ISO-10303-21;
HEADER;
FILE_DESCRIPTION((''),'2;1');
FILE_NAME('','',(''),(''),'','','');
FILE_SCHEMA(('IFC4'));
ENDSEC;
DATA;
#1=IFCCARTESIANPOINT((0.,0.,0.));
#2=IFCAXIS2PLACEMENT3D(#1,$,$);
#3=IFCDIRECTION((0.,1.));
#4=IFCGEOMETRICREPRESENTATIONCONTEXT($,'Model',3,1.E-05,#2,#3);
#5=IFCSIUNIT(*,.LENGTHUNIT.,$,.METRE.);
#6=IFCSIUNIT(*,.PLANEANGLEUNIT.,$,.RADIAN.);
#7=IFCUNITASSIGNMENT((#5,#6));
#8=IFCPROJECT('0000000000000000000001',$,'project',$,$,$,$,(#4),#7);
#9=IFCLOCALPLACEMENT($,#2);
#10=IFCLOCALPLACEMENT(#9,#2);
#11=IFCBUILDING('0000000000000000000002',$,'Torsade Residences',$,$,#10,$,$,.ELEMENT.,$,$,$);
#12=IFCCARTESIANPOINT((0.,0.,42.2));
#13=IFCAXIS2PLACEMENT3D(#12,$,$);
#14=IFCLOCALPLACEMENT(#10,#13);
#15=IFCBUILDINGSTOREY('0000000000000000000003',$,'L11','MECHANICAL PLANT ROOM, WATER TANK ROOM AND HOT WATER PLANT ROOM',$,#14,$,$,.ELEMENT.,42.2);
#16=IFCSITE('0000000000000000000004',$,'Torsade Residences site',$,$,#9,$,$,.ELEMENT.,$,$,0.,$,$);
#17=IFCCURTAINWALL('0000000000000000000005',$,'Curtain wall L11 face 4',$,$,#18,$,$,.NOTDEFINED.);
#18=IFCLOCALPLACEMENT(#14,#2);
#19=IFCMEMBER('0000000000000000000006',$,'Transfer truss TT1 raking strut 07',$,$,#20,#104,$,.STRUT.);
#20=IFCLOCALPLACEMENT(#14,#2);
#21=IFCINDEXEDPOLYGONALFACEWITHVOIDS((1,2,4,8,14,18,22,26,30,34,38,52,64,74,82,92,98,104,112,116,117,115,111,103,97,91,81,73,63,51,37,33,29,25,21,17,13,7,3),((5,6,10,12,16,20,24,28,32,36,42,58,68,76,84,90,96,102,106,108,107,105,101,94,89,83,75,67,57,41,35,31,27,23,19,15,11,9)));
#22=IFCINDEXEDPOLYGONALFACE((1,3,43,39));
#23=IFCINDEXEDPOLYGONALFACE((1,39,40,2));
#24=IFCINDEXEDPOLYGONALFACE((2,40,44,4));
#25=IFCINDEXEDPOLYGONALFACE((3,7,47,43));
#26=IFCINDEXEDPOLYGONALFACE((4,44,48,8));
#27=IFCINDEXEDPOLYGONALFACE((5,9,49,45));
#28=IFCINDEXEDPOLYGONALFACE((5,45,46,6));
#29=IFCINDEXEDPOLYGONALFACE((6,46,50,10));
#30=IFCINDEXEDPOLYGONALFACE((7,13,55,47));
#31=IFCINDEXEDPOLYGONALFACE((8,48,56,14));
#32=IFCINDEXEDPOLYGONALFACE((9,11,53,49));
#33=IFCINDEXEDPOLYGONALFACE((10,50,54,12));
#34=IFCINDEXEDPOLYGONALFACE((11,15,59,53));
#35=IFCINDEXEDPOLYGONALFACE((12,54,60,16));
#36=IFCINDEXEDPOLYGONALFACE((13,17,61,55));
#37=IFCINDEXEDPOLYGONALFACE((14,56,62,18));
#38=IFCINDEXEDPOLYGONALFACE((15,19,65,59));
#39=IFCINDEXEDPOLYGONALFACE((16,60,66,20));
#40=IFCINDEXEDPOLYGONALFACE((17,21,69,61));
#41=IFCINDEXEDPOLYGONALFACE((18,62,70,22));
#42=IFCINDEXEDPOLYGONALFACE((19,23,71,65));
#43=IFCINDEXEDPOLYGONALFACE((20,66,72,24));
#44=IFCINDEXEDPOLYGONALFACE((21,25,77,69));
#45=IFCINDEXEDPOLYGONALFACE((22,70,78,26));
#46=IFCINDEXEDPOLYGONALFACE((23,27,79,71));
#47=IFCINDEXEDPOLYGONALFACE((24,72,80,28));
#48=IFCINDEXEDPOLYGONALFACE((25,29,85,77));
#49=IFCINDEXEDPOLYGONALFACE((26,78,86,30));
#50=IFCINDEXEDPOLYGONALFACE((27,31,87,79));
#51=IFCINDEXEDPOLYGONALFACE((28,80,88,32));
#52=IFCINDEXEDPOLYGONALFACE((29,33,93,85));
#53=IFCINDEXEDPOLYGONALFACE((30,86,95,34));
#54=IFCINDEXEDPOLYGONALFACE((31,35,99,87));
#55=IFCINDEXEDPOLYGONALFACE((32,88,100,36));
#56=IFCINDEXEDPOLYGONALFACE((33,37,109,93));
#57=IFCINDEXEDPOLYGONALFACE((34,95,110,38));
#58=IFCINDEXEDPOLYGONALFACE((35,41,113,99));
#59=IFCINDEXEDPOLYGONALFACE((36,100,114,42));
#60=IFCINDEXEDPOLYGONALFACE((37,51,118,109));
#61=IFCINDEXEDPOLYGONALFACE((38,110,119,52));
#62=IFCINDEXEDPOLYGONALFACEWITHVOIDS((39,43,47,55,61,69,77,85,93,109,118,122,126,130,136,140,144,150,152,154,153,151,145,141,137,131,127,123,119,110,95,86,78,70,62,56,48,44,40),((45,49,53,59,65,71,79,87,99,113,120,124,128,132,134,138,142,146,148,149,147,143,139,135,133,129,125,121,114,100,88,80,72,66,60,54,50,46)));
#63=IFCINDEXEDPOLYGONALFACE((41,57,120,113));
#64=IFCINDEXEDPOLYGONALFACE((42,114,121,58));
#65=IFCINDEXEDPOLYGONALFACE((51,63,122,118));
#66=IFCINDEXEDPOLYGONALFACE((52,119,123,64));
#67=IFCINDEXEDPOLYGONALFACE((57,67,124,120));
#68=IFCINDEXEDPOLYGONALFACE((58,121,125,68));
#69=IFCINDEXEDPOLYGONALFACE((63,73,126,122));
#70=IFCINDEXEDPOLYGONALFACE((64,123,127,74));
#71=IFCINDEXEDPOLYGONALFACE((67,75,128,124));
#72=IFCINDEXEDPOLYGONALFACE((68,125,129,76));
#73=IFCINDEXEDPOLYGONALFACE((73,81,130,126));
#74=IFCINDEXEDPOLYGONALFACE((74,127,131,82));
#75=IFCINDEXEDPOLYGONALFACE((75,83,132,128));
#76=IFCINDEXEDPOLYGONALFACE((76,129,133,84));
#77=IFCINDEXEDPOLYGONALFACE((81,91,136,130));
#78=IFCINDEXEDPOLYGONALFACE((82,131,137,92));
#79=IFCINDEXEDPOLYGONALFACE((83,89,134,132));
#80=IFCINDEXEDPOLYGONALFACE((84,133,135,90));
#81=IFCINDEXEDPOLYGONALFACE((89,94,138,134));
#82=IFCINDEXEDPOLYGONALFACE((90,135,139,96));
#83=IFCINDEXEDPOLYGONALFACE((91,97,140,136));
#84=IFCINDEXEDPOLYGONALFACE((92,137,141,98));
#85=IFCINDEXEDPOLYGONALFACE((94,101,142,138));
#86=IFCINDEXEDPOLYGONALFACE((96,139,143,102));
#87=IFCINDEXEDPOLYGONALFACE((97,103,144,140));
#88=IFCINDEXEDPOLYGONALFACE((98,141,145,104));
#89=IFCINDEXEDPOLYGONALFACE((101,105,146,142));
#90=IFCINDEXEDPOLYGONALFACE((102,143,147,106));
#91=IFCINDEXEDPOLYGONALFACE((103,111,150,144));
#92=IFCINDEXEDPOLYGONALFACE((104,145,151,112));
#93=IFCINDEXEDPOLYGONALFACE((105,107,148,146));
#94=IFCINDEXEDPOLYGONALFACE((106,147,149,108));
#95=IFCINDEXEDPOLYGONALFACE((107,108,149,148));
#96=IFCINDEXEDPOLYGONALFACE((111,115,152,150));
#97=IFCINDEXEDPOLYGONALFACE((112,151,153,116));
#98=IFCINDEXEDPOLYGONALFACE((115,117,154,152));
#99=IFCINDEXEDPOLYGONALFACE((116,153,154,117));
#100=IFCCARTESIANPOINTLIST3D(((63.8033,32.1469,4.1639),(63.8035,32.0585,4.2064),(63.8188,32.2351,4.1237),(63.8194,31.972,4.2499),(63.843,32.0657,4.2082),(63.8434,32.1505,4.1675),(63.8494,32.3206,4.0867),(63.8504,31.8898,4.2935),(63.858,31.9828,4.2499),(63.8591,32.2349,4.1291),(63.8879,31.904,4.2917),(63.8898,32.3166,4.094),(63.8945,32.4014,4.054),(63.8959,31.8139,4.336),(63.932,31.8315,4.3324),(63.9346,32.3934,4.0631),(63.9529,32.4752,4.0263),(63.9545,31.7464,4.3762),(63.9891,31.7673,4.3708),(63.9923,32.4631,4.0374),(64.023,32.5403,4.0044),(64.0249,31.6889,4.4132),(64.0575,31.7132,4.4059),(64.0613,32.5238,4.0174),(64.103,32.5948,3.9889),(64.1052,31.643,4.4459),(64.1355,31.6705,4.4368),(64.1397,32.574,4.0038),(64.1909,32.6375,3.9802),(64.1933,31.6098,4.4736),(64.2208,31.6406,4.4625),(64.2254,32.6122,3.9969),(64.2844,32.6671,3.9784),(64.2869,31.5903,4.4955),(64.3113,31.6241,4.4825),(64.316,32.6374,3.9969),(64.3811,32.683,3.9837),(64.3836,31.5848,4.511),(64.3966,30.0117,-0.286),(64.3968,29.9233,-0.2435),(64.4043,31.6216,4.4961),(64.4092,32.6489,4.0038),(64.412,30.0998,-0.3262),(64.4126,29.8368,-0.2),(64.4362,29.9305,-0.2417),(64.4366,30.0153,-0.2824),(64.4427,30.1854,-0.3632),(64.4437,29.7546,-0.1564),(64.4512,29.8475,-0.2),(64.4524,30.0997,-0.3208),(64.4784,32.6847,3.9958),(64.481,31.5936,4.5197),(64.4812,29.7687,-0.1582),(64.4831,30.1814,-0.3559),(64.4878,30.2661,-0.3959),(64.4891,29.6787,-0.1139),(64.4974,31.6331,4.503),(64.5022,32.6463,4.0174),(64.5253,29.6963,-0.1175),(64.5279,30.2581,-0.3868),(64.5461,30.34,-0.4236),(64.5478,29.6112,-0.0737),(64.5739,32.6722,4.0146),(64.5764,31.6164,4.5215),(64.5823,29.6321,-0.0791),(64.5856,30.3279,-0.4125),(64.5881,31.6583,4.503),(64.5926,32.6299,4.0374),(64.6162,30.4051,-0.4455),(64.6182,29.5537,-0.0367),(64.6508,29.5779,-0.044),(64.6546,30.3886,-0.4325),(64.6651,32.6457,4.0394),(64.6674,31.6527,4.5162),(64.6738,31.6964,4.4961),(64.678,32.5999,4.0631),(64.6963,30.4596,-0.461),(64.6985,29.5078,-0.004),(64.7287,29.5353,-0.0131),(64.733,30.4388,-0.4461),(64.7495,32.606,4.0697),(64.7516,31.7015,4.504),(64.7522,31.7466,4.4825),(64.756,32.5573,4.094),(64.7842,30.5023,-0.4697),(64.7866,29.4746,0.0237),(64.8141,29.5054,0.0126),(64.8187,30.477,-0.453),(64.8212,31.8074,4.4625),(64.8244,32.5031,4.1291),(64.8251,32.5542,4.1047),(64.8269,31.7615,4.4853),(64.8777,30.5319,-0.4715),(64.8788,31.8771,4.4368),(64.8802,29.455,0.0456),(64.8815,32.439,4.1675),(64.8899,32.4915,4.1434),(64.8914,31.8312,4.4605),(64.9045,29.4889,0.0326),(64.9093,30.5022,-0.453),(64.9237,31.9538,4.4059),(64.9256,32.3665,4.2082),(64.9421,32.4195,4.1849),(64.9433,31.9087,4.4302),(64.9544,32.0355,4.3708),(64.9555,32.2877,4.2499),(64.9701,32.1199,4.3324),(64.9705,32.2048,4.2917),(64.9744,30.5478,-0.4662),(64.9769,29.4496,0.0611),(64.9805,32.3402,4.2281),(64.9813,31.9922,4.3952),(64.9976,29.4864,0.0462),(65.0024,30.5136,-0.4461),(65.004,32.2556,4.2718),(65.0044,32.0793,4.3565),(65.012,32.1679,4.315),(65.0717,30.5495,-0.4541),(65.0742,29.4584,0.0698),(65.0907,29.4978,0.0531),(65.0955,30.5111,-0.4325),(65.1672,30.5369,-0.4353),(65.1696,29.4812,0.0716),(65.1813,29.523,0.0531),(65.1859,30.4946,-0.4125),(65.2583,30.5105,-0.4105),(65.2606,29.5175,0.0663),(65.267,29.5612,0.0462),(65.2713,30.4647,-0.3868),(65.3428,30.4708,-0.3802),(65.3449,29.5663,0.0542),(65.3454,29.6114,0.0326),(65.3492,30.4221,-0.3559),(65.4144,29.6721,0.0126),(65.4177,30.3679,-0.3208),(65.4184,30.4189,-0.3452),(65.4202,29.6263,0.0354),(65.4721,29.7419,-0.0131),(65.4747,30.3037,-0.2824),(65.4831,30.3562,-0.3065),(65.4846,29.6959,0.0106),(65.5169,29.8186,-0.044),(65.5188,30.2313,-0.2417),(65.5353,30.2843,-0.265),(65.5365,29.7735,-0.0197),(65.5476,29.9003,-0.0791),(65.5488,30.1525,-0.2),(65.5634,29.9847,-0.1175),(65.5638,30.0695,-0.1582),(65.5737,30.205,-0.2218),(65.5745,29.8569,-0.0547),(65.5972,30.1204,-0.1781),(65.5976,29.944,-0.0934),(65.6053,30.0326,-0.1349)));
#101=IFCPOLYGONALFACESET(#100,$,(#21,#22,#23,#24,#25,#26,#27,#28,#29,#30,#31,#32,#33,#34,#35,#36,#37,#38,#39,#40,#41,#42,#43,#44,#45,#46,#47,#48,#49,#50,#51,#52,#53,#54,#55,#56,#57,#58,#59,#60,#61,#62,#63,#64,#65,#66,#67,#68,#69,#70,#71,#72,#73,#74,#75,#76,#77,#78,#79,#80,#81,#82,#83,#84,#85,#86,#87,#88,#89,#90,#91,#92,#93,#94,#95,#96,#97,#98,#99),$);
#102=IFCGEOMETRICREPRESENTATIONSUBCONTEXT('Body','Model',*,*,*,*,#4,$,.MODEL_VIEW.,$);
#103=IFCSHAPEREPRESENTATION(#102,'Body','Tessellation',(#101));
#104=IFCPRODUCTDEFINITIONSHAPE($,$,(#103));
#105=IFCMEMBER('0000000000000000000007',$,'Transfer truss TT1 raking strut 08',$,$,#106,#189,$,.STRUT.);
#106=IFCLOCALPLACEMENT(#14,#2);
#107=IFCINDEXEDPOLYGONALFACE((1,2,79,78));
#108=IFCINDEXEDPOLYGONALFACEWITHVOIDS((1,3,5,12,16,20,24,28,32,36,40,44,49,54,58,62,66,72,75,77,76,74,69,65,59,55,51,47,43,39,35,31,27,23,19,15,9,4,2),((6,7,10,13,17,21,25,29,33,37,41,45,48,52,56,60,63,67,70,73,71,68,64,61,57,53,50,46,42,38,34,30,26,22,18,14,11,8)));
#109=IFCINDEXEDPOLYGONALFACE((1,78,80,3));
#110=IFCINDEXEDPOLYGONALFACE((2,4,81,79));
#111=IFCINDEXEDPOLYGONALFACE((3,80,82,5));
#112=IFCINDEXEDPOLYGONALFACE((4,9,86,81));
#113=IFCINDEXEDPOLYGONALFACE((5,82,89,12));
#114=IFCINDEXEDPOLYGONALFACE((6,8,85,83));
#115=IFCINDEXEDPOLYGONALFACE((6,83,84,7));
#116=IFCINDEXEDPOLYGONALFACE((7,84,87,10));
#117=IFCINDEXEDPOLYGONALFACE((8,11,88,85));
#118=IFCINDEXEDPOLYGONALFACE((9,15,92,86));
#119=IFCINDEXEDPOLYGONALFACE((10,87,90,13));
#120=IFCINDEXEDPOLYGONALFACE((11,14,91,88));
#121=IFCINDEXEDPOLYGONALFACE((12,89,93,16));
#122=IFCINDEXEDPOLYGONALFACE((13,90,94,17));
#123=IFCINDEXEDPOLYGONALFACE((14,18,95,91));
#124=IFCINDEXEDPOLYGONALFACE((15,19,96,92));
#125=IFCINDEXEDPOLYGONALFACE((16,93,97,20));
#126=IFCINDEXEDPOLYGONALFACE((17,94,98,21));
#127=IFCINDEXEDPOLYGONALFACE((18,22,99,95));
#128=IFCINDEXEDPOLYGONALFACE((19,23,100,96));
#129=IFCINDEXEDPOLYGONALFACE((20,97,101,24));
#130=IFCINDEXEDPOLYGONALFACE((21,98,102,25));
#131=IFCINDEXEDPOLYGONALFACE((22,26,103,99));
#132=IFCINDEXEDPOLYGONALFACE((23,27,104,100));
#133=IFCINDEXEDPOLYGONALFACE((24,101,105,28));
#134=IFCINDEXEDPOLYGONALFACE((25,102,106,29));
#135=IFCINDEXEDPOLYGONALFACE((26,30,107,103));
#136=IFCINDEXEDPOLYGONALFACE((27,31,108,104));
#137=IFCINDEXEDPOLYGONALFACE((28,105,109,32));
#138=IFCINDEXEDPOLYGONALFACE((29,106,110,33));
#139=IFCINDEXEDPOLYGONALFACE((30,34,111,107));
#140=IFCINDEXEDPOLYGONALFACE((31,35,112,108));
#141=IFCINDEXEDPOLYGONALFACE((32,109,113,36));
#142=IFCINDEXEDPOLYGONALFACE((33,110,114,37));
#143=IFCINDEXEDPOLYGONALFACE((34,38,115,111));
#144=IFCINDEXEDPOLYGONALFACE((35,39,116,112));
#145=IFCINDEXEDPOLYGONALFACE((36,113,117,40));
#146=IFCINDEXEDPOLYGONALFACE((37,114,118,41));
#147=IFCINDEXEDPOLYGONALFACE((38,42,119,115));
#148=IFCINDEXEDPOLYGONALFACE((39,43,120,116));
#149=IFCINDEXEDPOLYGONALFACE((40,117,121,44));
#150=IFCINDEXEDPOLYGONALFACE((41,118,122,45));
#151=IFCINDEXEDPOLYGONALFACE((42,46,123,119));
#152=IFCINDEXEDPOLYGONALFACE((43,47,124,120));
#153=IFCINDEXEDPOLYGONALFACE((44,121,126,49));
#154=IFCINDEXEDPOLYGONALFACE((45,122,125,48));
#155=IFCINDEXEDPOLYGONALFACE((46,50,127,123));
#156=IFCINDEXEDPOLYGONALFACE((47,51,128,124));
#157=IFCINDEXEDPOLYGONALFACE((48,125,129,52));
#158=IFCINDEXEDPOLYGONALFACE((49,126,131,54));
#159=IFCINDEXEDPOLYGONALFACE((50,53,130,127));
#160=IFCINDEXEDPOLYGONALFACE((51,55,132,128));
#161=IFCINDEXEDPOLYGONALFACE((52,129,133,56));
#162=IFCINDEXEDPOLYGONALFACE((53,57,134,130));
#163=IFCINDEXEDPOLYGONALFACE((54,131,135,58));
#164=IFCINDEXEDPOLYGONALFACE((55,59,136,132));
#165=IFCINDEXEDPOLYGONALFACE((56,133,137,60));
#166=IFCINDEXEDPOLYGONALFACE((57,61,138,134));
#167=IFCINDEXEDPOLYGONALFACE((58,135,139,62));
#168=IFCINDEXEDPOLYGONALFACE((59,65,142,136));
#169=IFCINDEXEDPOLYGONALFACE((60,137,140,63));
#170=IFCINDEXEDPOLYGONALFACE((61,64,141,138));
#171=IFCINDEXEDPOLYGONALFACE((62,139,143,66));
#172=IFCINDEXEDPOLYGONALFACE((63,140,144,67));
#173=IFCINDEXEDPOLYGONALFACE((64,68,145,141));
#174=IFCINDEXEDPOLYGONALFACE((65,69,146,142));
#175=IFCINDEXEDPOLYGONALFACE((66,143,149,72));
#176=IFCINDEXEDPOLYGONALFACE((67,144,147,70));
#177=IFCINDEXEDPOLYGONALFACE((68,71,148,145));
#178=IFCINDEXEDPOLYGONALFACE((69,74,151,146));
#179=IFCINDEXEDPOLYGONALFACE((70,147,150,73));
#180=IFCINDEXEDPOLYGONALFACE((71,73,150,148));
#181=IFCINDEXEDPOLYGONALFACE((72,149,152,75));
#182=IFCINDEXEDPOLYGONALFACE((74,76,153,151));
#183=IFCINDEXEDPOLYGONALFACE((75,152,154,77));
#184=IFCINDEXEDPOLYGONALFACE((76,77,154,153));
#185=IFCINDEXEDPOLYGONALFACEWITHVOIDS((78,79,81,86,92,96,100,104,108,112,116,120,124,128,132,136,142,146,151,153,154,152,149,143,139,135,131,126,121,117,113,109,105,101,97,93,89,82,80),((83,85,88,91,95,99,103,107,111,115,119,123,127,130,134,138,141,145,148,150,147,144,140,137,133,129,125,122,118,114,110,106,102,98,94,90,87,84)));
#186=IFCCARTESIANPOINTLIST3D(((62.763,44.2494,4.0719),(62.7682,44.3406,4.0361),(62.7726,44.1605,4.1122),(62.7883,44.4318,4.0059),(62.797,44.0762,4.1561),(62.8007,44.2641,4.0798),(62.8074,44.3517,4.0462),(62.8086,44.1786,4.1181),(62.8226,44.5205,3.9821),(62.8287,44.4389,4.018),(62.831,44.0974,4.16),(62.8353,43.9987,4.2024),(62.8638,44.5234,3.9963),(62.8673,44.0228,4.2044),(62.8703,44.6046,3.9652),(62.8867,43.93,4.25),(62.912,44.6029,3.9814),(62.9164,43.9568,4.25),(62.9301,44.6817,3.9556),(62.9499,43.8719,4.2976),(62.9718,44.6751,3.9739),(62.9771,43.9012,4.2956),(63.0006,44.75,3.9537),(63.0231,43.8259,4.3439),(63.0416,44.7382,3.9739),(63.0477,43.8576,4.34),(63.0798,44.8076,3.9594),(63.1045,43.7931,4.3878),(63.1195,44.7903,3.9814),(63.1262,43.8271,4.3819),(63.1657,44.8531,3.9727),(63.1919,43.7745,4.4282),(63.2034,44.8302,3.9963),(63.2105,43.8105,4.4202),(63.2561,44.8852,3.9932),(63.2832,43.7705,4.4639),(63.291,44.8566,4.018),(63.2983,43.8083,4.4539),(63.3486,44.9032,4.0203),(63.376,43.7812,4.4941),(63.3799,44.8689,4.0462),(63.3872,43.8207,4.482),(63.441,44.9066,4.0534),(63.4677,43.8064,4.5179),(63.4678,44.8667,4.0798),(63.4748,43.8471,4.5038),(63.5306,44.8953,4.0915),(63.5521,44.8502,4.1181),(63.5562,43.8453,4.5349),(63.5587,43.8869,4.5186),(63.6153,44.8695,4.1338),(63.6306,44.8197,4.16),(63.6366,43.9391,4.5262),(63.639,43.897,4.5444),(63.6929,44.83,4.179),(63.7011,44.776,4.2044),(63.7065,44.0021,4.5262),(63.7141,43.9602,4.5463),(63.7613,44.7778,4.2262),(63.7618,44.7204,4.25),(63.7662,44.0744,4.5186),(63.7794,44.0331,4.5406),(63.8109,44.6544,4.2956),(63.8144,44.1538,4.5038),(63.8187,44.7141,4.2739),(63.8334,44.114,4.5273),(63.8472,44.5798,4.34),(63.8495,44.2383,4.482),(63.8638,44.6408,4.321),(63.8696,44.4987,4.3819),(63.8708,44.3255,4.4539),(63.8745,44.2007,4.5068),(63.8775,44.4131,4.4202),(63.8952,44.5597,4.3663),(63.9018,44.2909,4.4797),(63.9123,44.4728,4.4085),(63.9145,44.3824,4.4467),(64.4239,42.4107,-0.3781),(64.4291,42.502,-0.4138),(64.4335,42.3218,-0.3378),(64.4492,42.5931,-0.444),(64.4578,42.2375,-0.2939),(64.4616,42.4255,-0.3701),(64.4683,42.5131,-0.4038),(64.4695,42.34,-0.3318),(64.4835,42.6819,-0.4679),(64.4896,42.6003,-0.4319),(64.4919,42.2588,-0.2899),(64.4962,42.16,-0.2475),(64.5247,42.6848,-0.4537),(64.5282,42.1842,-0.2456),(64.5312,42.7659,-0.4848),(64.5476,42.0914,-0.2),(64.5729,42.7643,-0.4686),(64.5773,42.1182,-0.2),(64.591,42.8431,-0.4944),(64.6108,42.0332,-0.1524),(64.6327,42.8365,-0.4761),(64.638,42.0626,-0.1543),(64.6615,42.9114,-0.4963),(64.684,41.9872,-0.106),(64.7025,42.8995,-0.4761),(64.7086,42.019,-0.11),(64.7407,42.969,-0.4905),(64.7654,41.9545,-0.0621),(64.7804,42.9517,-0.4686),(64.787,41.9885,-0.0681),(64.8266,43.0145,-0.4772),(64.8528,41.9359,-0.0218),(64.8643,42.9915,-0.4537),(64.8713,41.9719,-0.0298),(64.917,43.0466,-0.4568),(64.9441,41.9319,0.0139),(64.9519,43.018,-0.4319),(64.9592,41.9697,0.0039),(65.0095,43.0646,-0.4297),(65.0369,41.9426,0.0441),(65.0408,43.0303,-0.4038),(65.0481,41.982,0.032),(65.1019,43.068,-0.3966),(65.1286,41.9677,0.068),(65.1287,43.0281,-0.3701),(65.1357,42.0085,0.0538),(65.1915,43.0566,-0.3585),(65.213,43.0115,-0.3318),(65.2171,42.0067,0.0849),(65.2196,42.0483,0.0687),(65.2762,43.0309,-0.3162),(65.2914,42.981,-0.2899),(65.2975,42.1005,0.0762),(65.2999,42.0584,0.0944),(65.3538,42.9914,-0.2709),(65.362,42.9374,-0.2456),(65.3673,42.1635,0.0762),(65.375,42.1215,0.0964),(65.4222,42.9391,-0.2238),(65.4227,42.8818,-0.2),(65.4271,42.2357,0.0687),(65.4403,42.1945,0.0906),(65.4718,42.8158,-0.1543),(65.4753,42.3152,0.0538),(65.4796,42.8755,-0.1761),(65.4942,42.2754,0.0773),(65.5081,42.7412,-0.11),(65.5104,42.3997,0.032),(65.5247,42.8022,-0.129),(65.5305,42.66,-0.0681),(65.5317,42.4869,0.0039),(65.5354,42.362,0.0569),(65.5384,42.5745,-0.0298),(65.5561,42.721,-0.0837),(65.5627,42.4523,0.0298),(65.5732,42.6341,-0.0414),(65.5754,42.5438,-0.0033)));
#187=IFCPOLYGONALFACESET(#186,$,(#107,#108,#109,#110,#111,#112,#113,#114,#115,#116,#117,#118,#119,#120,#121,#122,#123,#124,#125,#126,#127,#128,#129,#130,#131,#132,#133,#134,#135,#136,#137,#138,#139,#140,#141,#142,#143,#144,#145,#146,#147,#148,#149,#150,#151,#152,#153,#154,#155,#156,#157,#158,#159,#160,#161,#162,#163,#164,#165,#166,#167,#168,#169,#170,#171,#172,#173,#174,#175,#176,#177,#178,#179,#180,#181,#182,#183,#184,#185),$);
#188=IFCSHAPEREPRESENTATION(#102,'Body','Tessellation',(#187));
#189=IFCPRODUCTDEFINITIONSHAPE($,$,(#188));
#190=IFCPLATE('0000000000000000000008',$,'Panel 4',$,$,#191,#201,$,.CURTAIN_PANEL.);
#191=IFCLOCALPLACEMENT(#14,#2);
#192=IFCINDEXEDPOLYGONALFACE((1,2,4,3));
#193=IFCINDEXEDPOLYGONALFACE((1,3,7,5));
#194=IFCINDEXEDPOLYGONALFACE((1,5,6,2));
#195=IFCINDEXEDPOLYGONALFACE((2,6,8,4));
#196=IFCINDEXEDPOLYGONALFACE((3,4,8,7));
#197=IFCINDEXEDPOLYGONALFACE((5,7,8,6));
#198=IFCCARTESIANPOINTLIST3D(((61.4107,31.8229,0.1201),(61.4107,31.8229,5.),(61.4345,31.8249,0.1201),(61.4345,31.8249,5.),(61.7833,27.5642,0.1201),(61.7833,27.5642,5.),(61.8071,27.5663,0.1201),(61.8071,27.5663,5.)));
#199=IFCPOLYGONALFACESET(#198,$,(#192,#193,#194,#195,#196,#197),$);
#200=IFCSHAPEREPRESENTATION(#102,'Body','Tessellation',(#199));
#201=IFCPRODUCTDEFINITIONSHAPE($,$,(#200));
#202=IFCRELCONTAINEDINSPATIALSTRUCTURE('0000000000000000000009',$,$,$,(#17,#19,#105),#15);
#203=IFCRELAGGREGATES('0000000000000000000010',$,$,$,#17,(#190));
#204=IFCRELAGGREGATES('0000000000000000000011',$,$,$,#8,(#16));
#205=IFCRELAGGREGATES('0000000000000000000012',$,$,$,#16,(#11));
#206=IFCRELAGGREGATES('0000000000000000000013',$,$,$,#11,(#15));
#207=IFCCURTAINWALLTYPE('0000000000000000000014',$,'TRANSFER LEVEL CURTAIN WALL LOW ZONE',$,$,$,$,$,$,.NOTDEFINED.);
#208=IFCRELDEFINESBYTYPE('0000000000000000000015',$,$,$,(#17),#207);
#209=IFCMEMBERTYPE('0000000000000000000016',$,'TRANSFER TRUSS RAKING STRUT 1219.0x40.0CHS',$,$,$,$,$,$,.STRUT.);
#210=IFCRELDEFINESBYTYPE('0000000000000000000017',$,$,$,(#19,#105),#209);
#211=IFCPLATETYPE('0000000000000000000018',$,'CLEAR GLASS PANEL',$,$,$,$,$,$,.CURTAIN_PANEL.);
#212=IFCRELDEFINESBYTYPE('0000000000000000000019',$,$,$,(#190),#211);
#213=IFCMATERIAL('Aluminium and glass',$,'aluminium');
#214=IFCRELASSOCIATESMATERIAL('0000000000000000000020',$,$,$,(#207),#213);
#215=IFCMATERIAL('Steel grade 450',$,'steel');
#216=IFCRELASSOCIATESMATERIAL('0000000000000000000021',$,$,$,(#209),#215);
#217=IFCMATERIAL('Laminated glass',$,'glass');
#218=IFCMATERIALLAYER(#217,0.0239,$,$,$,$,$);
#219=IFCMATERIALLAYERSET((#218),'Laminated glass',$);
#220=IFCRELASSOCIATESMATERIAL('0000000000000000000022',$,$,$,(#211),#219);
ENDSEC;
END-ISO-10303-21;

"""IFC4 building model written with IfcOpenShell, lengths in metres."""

from ifc_helpers import new_model, si_unit, direction, frame, origin, origin_2d, place, context, subcontext, project, spatial, rectangle, hollow_circle, extrude, material, layer, layer_set, material_profile, profile_set, type_object, element, aggregate, save


model = new_model("IFC4")

# Units and contexts
model_context = context("Model", 3, precision=1e-05, world=origin(), true_north=direction((0.0, 1.0)))
body_context = subcontext(model_context, "Body", "Model", "MODEL_VIEW")
ifc_project = project(units=[si_unit("LENGTHUNIT", "METRE"), si_unit("PLANEANGLEUNIT", "RADIAN")], contexts=[model_context])

# Site, building, storey
site_placement = place(None, origin())
site = spatial("IfcSite", under=ifc_project, at=site_placement, Name="Torsade Residences site", CompositionType="ELEMENT", RefElevation=0.0)
building_placement = place(site_placement, origin())
building = spatial("IfcBuilding", under=site, at=building_placement, Name="Torsade Residences", CompositionType="ELEMENT")
storey_placement = place(building_placement, frame((0.0, 0.0, 42.2)))
storey = spatial("IfcBuildingStorey", under=building, at=storey_placement, Name="L11", Description="MECHANICAL PLANT ROOM, WATER TANK ROOM AND HOT WATER PLANT ROOM", CompositionType="ELEMENT", Elevation=42.2)

# Curtain wall
ifc_material_1 = material(Name="Aluminium and glass", Category="aluminium")
curtain_wall_type = type_object("IfcCurtainWallType", Name="TRANSFER LEVEL CURTAIN WALL LOW ZONE", PredefinedType="NOTDEFINED", material=ifc_material_1)
curtain_wall_placement = place(storey_placement, origin())
curtain_wall = element("IfcCurtainWall", 1, at=curtain_wall_placement, inside=storey, type_object=curtain_wall_type, Name="Curtain wall L11 face 4", PredefinedType="NOTDEFINED")

# Members
ifc_material_2 = material(Name="Steel grade 450", Category="steel")
ifc_material_profile_1 = material_profile(ifc_material_2, hollow_circle(Radius=0.6096, WallThickness=0.04, at=origin_2d()), Name="1219.0x40.0CHS")
ifc_profile_set_1 = profile_set([ifc_material_profile_1], Name="Steel grade 450")
member_type_1 = type_object("IfcMemberType", Name="TRANSFER TRUSS RAKING STRUT 1219.0x40.0CHS", PredefinedType="STRUT", material=ifc_profile_set_1)
member_1_placement = place(storey_placement, frame((65.0, 30.0, -0.2), z_axis=(-0.119339, 0.42952, 0.895137), x_axis=(-0.963502, -0.267701, 0.0)))
element("IfcMember", 2, at=member_1_placement, inside=storey, type_object=member_type_1, Name="Transfer truss TT1 raking strut 07", PredefinedType="STRUT", context=body_context, shape_type="SweptSolid", body=[
    extrude(hollow_circle(Radius=0.6096, WallThickness=0.04, at=origin_2d()), origin(), (0.0, 0.0, 1.0), 4.9712),
])
member_2_placement = place(storey_placement, frame((65.0, 42.5, -0.2), z_axis=(-0.326096, 0.360992, 0.873697), x_axis=(-0.742063, -0.67033, 0.0)))
element("IfcMember", 3, at=member_2_placement, inside=storey, type_object=member_type_1, Name="Transfer truss TT1 raking strut 08", PredefinedType="STRUT", context=body_context, shape_type="SweptSolid", body=[
    extrude(hollow_circle(Radius=0.6096, WallThickness=0.04, at=origin_2d()), origin(), (0.0, 0.0, 1.0), 5.0933),
])

# Plate
ifc_material_3 = material(Name="Laminated glass", Category="glass")
ifc_layer_1 = layer(ifc_material_3, 0.0239)
ifc_layer_set_1 = layer_set([ifc_layer_1], Name="Laminated glass")
plate_type = type_object("IfcPlateType", Name="CLEAR GLASS PANEL", PredefinedType="CURTAIN_PANEL", material=ifc_layer_set_1)
plate_1_placement = place(storey_placement, frame((61.6089, 29.6946, 0.1201), z_axis=(0.0, 0.0, 1.0), x_axis=(-0.087156, 0.996195, 0.0)))
plate_1 = element("IfcPlate", 4, at=plate_1_placement, type_object=plate_type, Name="Panel 4", PredefinedType="CURTAIN_PANEL", context=body_context, shape_type="SweptSolid", body=[
    extrude(rectangle(XDim=4.2749, YDim=0.0239, at=origin_2d()), origin(), (0.0, 0.0, 1.0), 4.8799),
])
aggregate(curtain_wall, [plate_1])

save(model, "model.ifc")
